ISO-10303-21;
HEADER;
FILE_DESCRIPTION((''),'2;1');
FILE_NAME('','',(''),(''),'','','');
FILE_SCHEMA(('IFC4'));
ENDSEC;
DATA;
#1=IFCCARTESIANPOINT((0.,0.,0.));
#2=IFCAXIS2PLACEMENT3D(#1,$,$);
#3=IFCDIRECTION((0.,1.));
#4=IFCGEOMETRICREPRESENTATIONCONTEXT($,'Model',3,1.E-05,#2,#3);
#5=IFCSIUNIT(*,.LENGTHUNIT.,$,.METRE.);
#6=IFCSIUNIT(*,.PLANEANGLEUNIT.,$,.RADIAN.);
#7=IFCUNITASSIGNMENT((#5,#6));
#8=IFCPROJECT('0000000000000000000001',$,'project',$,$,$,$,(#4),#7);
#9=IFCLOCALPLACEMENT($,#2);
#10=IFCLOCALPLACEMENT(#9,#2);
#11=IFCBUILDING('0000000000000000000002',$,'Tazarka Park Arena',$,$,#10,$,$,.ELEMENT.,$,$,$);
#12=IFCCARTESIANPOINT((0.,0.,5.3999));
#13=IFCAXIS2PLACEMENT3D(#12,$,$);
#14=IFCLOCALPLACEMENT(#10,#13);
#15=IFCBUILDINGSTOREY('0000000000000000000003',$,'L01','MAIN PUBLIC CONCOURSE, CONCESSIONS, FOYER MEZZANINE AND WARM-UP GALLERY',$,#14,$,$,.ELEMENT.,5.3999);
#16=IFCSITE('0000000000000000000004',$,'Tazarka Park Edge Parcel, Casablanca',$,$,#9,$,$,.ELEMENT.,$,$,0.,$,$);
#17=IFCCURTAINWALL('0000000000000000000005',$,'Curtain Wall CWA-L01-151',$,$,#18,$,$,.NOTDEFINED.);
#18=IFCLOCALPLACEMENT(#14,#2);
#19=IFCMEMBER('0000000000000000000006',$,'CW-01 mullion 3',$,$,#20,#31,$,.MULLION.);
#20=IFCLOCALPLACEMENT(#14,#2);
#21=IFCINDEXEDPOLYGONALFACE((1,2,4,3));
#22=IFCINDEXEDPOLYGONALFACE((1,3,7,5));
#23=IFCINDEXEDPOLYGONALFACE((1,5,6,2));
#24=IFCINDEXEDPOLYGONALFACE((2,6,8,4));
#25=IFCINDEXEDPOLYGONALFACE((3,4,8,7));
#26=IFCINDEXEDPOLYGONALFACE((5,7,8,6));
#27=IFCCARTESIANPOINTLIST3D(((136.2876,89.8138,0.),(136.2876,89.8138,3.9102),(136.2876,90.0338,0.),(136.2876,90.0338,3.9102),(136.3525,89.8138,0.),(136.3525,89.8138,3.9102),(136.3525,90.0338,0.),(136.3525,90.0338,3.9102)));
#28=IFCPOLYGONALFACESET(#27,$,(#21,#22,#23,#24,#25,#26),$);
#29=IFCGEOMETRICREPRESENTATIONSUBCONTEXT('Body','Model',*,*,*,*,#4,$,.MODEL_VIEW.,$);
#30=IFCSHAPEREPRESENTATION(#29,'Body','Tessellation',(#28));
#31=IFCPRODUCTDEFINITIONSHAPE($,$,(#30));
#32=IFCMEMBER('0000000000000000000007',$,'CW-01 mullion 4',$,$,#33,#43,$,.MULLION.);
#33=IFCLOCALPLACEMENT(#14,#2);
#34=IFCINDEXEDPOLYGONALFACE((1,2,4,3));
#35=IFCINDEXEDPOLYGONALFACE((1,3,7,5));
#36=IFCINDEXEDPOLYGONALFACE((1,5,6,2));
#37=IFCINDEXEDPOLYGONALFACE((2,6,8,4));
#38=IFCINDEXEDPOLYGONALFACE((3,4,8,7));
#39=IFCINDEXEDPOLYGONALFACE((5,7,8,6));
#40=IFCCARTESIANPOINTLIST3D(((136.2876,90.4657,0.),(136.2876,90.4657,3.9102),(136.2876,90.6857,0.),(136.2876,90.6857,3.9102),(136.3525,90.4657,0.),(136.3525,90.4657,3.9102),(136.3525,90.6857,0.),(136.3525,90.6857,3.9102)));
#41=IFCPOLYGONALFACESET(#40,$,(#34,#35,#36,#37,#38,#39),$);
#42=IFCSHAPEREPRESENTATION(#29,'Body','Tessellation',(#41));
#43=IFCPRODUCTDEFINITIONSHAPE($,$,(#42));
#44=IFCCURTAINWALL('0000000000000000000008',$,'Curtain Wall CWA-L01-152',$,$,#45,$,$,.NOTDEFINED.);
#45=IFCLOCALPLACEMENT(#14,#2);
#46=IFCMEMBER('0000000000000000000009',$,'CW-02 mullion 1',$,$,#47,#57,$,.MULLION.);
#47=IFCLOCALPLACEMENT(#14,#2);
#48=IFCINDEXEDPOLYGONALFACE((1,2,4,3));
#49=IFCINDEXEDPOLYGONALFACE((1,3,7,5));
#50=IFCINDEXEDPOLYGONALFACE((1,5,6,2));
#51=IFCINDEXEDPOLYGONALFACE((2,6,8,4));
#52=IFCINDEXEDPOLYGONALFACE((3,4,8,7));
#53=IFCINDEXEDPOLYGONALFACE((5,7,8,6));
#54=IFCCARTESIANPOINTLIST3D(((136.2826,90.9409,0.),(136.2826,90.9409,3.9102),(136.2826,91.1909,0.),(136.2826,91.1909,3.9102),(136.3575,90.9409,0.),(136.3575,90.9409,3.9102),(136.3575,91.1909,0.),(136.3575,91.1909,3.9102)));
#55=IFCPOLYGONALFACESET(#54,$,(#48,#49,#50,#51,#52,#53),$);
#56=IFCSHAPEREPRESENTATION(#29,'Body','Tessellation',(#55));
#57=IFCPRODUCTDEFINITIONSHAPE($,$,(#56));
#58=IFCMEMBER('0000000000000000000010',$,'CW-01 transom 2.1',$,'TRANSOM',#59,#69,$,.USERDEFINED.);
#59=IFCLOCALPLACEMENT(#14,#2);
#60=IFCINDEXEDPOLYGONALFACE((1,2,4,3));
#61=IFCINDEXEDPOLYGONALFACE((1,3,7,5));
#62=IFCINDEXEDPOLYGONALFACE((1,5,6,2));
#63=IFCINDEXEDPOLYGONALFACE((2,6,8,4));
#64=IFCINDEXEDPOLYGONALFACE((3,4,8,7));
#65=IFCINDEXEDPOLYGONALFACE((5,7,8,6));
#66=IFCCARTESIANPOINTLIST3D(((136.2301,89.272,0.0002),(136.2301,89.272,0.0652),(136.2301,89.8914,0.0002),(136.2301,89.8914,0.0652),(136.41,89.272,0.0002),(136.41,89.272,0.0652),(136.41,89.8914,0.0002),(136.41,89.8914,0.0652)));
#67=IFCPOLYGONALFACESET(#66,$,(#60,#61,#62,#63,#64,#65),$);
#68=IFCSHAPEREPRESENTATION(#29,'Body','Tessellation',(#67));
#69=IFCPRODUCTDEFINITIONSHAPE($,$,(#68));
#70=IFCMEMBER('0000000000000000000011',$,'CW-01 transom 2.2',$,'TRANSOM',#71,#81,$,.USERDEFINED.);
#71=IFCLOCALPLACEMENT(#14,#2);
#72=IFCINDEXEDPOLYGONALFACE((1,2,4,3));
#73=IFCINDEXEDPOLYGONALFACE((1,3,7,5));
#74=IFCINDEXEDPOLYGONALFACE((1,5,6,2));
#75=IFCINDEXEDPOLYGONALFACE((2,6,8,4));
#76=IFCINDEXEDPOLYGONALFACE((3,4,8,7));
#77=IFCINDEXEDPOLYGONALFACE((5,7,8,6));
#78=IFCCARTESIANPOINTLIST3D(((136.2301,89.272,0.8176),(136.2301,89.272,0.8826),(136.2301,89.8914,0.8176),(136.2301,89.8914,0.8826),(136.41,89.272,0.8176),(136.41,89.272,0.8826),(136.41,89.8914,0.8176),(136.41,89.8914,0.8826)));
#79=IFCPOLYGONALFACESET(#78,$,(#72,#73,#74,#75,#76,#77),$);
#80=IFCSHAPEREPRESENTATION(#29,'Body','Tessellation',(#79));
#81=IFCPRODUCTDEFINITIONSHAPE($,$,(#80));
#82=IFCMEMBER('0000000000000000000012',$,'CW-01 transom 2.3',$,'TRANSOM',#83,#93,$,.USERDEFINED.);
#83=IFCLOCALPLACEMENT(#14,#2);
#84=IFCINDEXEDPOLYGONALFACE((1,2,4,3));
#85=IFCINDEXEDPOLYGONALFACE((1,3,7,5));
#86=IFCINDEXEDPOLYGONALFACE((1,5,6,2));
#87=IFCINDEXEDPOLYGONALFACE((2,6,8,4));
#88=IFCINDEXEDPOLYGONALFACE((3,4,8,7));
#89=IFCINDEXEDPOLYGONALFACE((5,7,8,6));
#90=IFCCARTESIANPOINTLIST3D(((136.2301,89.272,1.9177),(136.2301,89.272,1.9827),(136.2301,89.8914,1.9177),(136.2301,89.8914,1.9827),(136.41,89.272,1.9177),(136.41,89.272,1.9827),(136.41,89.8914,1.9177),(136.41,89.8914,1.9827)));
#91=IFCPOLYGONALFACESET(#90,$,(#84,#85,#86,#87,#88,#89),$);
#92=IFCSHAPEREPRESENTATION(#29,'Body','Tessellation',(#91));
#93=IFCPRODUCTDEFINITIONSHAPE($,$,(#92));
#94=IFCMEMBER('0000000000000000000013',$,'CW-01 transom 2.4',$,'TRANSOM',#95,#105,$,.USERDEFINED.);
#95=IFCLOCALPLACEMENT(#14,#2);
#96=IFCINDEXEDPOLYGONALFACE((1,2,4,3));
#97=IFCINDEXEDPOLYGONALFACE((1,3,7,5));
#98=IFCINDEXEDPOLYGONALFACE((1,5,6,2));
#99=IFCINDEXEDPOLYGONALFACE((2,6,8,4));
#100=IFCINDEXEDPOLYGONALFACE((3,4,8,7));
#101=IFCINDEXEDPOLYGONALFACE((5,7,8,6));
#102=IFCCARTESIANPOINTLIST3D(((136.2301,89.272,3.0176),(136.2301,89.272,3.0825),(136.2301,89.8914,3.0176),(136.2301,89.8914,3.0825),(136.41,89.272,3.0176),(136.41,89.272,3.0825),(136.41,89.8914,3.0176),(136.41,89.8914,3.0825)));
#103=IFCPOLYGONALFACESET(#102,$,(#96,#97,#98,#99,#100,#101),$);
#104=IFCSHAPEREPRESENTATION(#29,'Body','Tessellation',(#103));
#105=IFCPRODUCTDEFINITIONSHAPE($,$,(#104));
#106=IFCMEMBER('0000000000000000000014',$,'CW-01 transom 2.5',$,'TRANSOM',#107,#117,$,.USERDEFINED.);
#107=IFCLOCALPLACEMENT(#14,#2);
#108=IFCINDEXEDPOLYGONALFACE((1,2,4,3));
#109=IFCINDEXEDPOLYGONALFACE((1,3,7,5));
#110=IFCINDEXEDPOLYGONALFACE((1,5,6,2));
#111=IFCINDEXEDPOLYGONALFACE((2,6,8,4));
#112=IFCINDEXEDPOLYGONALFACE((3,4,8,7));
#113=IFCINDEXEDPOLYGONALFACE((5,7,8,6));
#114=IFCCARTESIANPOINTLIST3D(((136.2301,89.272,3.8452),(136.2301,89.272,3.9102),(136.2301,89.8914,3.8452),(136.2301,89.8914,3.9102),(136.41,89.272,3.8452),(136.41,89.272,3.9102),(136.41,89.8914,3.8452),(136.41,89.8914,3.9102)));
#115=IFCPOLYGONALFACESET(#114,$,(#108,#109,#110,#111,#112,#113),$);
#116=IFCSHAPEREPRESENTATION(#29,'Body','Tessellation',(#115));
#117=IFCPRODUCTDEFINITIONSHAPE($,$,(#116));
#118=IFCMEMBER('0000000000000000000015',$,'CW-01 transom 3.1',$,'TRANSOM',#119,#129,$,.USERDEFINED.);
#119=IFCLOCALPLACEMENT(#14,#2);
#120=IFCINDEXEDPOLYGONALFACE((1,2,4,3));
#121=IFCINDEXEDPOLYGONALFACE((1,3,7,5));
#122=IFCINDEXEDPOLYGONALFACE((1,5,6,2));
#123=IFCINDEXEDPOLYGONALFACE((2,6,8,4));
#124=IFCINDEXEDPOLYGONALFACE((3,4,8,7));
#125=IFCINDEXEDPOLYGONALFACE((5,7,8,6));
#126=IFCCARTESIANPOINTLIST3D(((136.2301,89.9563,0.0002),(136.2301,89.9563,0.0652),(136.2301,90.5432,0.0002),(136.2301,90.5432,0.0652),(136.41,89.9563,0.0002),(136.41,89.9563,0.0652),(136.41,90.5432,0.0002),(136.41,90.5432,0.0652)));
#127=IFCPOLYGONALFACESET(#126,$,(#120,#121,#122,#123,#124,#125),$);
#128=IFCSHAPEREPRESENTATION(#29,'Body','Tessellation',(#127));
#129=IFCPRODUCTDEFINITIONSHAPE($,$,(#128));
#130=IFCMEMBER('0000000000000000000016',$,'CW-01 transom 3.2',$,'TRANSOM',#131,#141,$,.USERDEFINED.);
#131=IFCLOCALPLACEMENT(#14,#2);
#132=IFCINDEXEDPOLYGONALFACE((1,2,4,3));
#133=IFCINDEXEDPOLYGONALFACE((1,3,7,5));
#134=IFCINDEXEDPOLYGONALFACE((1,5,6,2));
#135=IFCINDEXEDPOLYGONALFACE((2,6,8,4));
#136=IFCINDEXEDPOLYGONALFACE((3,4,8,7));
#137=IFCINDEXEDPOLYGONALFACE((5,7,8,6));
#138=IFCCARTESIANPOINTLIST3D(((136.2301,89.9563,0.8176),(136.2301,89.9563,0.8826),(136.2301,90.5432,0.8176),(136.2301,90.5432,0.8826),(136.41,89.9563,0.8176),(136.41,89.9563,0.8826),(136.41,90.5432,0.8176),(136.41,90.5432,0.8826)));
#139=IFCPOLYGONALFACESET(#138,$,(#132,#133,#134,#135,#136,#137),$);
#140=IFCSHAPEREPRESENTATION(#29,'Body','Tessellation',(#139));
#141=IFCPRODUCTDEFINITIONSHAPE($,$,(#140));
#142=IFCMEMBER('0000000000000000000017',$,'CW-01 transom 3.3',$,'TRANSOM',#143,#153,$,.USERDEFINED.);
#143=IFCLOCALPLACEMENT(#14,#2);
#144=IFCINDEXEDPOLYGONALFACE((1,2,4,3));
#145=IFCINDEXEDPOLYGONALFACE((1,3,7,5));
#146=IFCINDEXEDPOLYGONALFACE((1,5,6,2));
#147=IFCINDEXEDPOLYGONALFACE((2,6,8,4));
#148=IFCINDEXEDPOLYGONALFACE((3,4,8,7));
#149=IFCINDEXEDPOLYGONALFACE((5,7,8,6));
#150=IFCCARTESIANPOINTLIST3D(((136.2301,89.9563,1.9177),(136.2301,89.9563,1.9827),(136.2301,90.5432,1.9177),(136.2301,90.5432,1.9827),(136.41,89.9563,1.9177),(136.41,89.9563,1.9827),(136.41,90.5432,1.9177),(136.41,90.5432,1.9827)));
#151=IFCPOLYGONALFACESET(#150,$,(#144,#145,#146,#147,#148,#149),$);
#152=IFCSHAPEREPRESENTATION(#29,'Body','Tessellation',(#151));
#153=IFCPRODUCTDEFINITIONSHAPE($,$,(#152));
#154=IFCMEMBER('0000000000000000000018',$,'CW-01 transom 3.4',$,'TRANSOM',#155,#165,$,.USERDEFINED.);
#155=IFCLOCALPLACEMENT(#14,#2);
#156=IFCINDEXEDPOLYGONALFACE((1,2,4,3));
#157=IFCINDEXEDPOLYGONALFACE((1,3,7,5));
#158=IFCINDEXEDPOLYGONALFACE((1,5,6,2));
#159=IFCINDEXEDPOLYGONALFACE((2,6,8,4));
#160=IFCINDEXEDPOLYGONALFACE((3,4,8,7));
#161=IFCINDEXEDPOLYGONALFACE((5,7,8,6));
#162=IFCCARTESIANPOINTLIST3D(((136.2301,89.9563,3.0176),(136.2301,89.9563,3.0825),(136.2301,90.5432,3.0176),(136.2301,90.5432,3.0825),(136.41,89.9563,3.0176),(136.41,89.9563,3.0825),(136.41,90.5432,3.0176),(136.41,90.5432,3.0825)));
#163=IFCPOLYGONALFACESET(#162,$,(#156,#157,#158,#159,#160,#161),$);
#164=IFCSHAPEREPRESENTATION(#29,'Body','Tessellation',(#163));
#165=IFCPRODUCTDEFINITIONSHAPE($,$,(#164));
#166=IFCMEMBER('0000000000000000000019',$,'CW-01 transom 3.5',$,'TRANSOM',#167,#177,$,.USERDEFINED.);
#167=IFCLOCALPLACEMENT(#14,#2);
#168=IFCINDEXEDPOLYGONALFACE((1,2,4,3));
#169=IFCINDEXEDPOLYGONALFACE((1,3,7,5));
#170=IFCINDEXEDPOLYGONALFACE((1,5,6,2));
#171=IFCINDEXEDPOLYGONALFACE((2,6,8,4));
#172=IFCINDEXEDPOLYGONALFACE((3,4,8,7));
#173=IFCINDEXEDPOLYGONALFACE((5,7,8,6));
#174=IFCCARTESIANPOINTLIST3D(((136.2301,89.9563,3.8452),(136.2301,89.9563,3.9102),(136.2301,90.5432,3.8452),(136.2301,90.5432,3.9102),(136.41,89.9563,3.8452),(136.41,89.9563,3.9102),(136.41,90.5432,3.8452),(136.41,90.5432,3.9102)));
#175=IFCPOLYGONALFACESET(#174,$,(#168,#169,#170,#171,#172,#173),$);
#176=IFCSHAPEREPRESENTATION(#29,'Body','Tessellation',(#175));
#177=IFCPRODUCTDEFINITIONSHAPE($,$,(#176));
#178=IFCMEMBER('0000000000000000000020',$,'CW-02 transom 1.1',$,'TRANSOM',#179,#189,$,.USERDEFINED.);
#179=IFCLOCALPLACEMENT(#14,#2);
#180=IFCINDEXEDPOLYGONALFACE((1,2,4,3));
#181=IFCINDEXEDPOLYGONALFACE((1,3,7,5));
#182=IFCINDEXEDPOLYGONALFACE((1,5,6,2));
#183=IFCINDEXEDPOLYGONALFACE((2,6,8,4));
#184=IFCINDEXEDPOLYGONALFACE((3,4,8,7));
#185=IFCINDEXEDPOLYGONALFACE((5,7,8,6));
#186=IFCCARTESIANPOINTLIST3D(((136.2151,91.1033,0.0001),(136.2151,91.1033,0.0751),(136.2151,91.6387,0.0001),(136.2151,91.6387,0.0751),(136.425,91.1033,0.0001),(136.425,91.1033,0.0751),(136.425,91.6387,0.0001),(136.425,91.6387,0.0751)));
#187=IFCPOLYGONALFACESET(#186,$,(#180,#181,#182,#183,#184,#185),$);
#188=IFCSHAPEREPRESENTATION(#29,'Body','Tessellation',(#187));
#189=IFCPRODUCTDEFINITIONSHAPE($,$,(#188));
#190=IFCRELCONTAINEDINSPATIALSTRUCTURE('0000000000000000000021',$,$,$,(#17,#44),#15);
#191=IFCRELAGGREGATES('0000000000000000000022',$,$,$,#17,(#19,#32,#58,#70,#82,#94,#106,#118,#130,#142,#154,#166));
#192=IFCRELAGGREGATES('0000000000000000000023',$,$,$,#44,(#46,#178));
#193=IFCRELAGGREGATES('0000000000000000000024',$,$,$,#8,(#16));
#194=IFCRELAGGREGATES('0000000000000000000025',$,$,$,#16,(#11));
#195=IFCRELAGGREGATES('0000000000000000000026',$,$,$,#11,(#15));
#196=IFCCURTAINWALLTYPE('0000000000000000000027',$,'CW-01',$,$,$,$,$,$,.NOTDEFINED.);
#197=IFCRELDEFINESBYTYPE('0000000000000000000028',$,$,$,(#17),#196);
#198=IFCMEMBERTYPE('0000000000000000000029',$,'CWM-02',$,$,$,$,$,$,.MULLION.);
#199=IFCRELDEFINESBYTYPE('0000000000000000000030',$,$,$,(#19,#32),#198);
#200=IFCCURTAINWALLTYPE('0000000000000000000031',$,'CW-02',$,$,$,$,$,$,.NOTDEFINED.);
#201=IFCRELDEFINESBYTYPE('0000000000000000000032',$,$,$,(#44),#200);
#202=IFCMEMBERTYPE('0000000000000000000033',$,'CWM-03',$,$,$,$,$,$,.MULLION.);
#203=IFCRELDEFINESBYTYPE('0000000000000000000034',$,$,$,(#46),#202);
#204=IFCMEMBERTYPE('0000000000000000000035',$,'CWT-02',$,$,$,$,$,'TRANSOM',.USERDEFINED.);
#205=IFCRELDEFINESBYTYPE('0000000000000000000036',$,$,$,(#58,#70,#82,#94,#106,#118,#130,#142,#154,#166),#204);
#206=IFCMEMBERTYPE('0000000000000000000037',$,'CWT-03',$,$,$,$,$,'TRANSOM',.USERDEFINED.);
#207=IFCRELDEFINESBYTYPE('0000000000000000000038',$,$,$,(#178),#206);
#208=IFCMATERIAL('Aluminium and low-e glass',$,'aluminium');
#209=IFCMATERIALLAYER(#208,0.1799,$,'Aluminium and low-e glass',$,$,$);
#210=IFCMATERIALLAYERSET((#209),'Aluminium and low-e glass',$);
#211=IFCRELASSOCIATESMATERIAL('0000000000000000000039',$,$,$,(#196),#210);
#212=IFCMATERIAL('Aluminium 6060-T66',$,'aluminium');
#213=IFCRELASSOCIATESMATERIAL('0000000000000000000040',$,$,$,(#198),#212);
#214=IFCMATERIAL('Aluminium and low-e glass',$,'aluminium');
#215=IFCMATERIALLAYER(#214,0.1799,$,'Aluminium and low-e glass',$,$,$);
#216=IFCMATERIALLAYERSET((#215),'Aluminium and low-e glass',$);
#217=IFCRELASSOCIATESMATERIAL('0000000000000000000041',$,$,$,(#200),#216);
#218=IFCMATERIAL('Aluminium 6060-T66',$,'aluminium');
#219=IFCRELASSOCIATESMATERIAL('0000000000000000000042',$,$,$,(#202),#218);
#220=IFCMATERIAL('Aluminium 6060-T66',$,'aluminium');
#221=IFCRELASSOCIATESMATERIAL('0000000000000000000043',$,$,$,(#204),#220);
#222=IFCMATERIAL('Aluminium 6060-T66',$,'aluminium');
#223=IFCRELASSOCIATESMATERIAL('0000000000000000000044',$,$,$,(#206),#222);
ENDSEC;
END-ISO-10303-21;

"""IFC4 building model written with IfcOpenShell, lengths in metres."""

from ifc_helpers import new_model, si_unit, direction, frame, origin, origin_2d, place, context, subcontext, project, spatial, rectangle, extrude, material, layer, layer_set, material_profile, profile_set, type_object, element, aggregate, save


model = new_model("IFC4")

# Units and contexts
model_context = context("Model", 3, precision=1e-05, world=origin(), true_north=direction((0.0, 1.0)))
body_context = subcontext(model_context, "Body", "Model", "MODEL_VIEW")
ifc_project = project(units=[si_unit("LENGTHUNIT", "METRE"), si_unit("PLANEANGLEUNIT", "RADIAN")], contexts=[model_context])

# Site, building, storey
site_placement = place(None, origin())
site = spatial("IfcSite", under=ifc_project, at=site_placement, Name="Tazarka Park Edge Parcel, Casablanca", CompositionType="ELEMENT", RefElevation=0.0)
building_placement = place(site_placement, origin())
building = spatial("IfcBuilding", under=site, at=building_placement, Name="Tazarka Park Arena", CompositionType="ELEMENT")
storey_placement = place(building_placement, frame((0.0, 0.0, 5.3999)))
storey = spatial("IfcBuildingStorey", under=building, at=storey_placement, Name="L01", Description="MAIN PUBLIC CONCOURSE, CONCESSIONS, FOYER MEZZANINE AND WARM-UP GALLERY", CompositionType="ELEMENT", Elevation=5.3999)

# Curtain wall, members
ifc_material_1 = material(Name="Aluminium and low-e glass", Category="aluminium")
ifc_layer_1 = layer(ifc_material_1, 0.1799, Name="Aluminium and low-e glass")
ifc_layer_set_1 = layer_set([ifc_layer_1], Name="Aluminium and low-e glass")
curtain_wall_type_1 = type_object("IfcCurtainWallType", Name="CW-01", PredefinedType="NOTDEFINED", material=ifc_layer_set_1)
curtain_wall_1_placement = place(storey_placement, origin())
curtain_wall_1 = element("IfcCurtainWall", 1, at=curtain_wall_1_placement, inside=storey, type_object=curtain_wall_type_1, Name="Curtain Wall CWA-L01-151", PredefinedType="NOTDEFINED")
ifc_material_2 = material(Name="Aluminium 6060-T66", Category="aluminium")
ifc_material_profile_1 = material_profile(ifc_material_2, rectangle(XDim=0.0649, YDim=0.22, at=origin_2d()), Name="Aluminium 6060-T66")
ifc_profile_set_1 = profile_set([ifc_material_profile_1], Name="Aluminium 6060-T66")
member_type_1 = type_object("IfcMemberType", Name="CWM-02", PredefinedType="MULLION", material=ifc_profile_set_1)
member_1_placement = place(storey_placement, frame((136.3201, 89.9238, 0.0), z_axis=(0.0, 0.0, 1.0), x_axis=(-1.0, 0.0, 0.0)))
member_1 = element("IfcMember", 2, at=member_1_placement, type_object=member_type_1, Name="CW-01 mullion 3", PredefinedType="MULLION", context=body_context, shape_type="SweptSolid", body=[
    extrude(rectangle(XDim=0.0649, YDim=0.22, at=origin_2d()), origin(), (0.0, 0.0, 1.0), 3.9102),
])
member_2_placement = place(storey_placement, frame((136.3201, 90.5757, 0.0), z_axis=(0.0, 0.0, 1.0), x_axis=(-1.0, 0.0, 0.0)))
member_2 = element("IfcMember", 3, at=member_2_placement, type_object=member_type_1, Name="CW-01 mullion 4", PredefinedType="MULLION", context=body_context, shape_type="SweptSolid", body=[
    extrude(rectangle(XDim=0.0649, YDim=0.22, at=origin_2d()), origin(), (0.0, 0.0, 1.0), 3.9102),
])

# Curtain wall, member
ifc_material_3 = material(Name="Aluminium and low-e glass", Category="aluminium")
ifc_layer_2 = layer(ifc_material_3, 0.1799, Name="Aluminium and low-e glass")
ifc_layer_set_2 = layer_set([ifc_layer_2], Name="Aluminium and low-e glass")
curtain_wall_type_2 = type_object("IfcCurtainWallType", Name="CW-02", PredefinedType="NOTDEFINED", material=ifc_layer_set_2)
curtain_wall_2_placement = place(storey_placement, origin())
curtain_wall_2 = element("IfcCurtainWall", 4, at=curtain_wall_2_placement, inside=storey, type_object=curtain_wall_type_2, Name="Curtain Wall CWA-L01-152", PredefinedType="NOTDEFINED")
ifc_material_4 = material(Name="Aluminium 6060-T66", Category="aluminium")
ifc_material_profile_2 = material_profile(ifc_material_4, rectangle(XDim=0.075, YDim=0.25, at=origin_2d()), Name="Aluminium 6060-T66")
ifc_profile_set_2 = profile_set([ifc_material_profile_2], Name="Aluminium 6060-T66")
member_type_2 = type_object("IfcMemberType", Name="CWM-03", PredefinedType="MULLION", material=ifc_profile_set_2)
member_3_placement = place(storey_placement, frame((136.3201, 91.0659, 0.0), z_axis=(0.0, 0.0, 1.0), x_axis=(-1.0, 0.0, 0.0)))
member_3 = element("IfcMember", 5, at=member_3_placement, type_object=member_type_2, Name="CW-02 mullion 1", PredefinedType="MULLION", context=body_context, shape_type="SweptSolid", body=[
    extrude(rectangle(XDim=0.075, YDim=0.25, at=origin_2d()), origin(), (0.0, 0.0, 1.0), 3.9102),
])

# Members
ifc_material_5 = material(Name="Aluminium 6060-T66", Category="aluminium")
ifc_material_profile_3 = material_profile(ifc_material_5, rectangle(XDim=0.1799, YDim=0.0649, at=origin_2d()), Name="Aluminium 6060-T66")
ifc_profile_set_3 = profile_set([ifc_material_profile_3], Name="Aluminium 6060-T66")
member_type_3 = type_object("IfcMemberType", Name="CWT-02", ElementType="TRANSOM", PredefinedType="USERDEFINED", material=ifc_profile_set_3)
member_4_placement = place(storey_placement, frame((136.3201, 89.272, 0.0327), z_axis=(0.0, 1.0, 0.0), x_axis=(-1.0, 0.0, 0.0)))
member_4 = element("IfcMember", 6, at=member_4_placement, type_object=member_type_3, Name="CW-01 transom 2.1", ObjectType="TRANSOM", PredefinedType="USERDEFINED", context=body_context, shape_type="SweptSolid", body=[
    extrude(rectangle(XDim=0.1799, YDim=0.0649, at=origin_2d()), origin(), (0.0, 0.0, 1.0), 0.6194),
])
member_5_placement = place(storey_placement, frame((136.3201, 89.272, 0.8501), z_axis=(0.0, 1.0, 0.0), x_axis=(-1.0, 0.0, 0.0)))
member_5 = element("IfcMember", 7, at=member_5_placement, type_object=member_type_3, Name="CW-01 transom 2.2", ObjectType="TRANSOM", PredefinedType="USERDEFINED", context=body_context, shape_type="SweptSolid", body=[
    extrude(rectangle(XDim=0.1799, YDim=0.0649, at=origin_2d()), origin(), (0.0, 0.0, 1.0), 0.6194),
])
member_6_placement = place(storey_placement, frame((136.3201, 89.272, 1.9502), z_axis=(0.0, 1.0, 0.0), x_axis=(-1.0, 0.0, 0.0)))
member_6 = element("IfcMember", 8, at=member_6_placement, type_object=member_type_3, Name="CW-01 transom 2.3", ObjectType="TRANSOM", PredefinedType="USERDEFINED", context=body_context, shape_type="SweptSolid", body=[
    extrude(rectangle(XDim=0.1799, YDim=0.0649, at=origin_2d()), origin(), (0.0, 0.0, 1.0), 0.6194),
])
member_7_placement = place(storey_placement, frame((136.3201, 89.272, 3.05), z_axis=(0.0, 1.0, 0.0), x_axis=(-1.0, 0.0, 0.0)))
member_7 = element("IfcMember", 9, at=member_7_placement, type_object=member_type_3, Name="CW-01 transom 2.4", ObjectType="TRANSOM", PredefinedType="USERDEFINED", context=body_context, shape_type="SweptSolid", body=[
    extrude(rectangle(XDim=0.1799, YDim=0.0649, at=origin_2d()), origin(), (0.0, 0.0, 1.0), 0.6194),
])
member_8_placement = place(storey_placement, frame((136.3201, 89.272, 3.8777), z_axis=(0.0, 1.0, 0.0), x_axis=(-1.0, 0.0, 0.0)))
member_8 = element("IfcMember", 10, at=member_8_placement, type_object=member_type_3, Name="CW-01 transom 2.5", ObjectType="TRANSOM", PredefinedType="USERDEFINED", context=body_context, shape_type="SweptSolid", body=[
    extrude(rectangle(XDim=0.1799, YDim=0.0649, at=origin_2d()), origin(), (0.0, 0.0, 1.0), 0.6194),
])
member_9_placement = place(storey_placement, frame((136.3201, 89.9563, 0.0327), z_axis=(0.0, 1.0, 0.0), x_axis=(-1.0, 0.0, 0.0)))
member_9 = element("IfcMember", 11, at=member_9_placement, type_object=member_type_3, Name="CW-01 transom 3.1", ObjectType="TRANSOM", PredefinedType="USERDEFINED", context=body_context, shape_type="SweptSolid", body=[
    extrude(rectangle(XDim=0.1799, YDim=0.0649, at=origin_2d()), origin(), (0.0, 0.0, 1.0), 0.5869),
])
member_10_placement = place(storey_placement, frame((136.3201, 89.9563, 0.8501), z_axis=(0.0, 1.0, 0.0), x_axis=(-1.0, 0.0, 0.0)))
member_10 = element("IfcMember", 12, at=member_10_placement, type_object=member_type_3, Name="CW-01 transom 3.2", ObjectType="TRANSOM", PredefinedType="USERDEFINED", context=body_context, shape_type="SweptSolid", body=[
    extrude(rectangle(XDim=0.1799, YDim=0.0649, at=origin_2d()), origin(), (0.0, 0.0, 1.0), 0.5869),
])
member_11_placement = place(storey_placement, frame((136.3201, 89.9563, 1.9502), z_axis=(0.0, 1.0, 0.0), x_axis=(-1.0, 0.0, 0.0)))
member_11 = element("IfcMember", 13, at=member_11_placement, type_object=member_type_3, Name="CW-01 transom 3.3", ObjectType="TRANSOM", PredefinedType="USERDEFINED", context=body_context, shape_type="SweptSolid", body=[
    extrude(rectangle(XDim=0.1799, YDim=0.0649, at=origin_2d()), origin(), (0.0, 0.0, 1.0), 0.5869),
])
member_12_placement = place(storey_placement, frame((136.3201, 89.9563, 3.05), z_axis=(0.0, 1.0, 0.0), x_axis=(-1.0, 0.0, 0.0)))
member_12 = element("IfcMember", 14, at=member_12_placement, type_object=member_type_3, Name="CW-01 transom 3.4", ObjectType="TRANSOM", PredefinedType="USERDEFINED", context=body_context, shape_type="SweptSolid", body=[
    extrude(rectangle(XDim=0.1799, YDim=0.0649, at=origin_2d()), origin(), (0.0, 0.0, 1.0), 0.5869),
])
member_13_placement = place(storey_placement, frame((136.3201, 89.9563, 3.8777), z_axis=(0.0, 1.0, 0.0), x_axis=(-1.0, 0.0, 0.0)))
member_13 = element("IfcMember", 15, at=member_13_placement, type_object=member_type_3, Name="CW-01 transom 3.5", ObjectType="TRANSOM", PredefinedType="USERDEFINED", context=body_context, shape_type="SweptSolid", body=[
    extrude(rectangle(XDim=0.1799, YDim=0.0649, at=origin_2d()), origin(), (0.0, 0.0, 1.0), 0.5869),
])
ifc_material_6 = material(Name="Aluminium 6060-T66", Category="aluminium")
ifc_material_profile_4 = material_profile(ifc_material_6, rectangle(XDim=0.21, YDim=0.075, at=origin_2d()), Name="Aluminium 6060-T66")
ifc_profile_set_4 = profile_set([ifc_material_profile_4], Name="Aluminium 6060-T66")
member_type_4 = type_object("IfcMemberType", Name="CWT-03", ElementType="TRANSOM", PredefinedType="USERDEFINED", material=ifc_profile_set_4)
member_14_placement = place(storey_placement, frame((136.3201, 91.1033, 0.0376), z_axis=(0.0, 1.0, 0.0), x_axis=(-1.0, 0.0, 0.0)))
member_14 = element("IfcMember", 16, at=member_14_placement, type_object=member_type_4, Name="CW-02 transom 1.1", ObjectType="TRANSOM", PredefinedType="USERDEFINED", context=body_context, shape_type="SweptSolid", body=[
    extrude(rectangle(XDim=0.21, YDim=0.075, at=origin_2d()), origin(), (0.0, 0.0, 1.0), 0.5354),
])

aggregate(curtain_wall_1, [member_1, member_2, member_4, member_5, member_6, member_7, member_8, member_9, member_10, member_11, member_12, member_13])
aggregate(curtain_wall_2, [member_3, member_14])

save(model, "model.ifc")
